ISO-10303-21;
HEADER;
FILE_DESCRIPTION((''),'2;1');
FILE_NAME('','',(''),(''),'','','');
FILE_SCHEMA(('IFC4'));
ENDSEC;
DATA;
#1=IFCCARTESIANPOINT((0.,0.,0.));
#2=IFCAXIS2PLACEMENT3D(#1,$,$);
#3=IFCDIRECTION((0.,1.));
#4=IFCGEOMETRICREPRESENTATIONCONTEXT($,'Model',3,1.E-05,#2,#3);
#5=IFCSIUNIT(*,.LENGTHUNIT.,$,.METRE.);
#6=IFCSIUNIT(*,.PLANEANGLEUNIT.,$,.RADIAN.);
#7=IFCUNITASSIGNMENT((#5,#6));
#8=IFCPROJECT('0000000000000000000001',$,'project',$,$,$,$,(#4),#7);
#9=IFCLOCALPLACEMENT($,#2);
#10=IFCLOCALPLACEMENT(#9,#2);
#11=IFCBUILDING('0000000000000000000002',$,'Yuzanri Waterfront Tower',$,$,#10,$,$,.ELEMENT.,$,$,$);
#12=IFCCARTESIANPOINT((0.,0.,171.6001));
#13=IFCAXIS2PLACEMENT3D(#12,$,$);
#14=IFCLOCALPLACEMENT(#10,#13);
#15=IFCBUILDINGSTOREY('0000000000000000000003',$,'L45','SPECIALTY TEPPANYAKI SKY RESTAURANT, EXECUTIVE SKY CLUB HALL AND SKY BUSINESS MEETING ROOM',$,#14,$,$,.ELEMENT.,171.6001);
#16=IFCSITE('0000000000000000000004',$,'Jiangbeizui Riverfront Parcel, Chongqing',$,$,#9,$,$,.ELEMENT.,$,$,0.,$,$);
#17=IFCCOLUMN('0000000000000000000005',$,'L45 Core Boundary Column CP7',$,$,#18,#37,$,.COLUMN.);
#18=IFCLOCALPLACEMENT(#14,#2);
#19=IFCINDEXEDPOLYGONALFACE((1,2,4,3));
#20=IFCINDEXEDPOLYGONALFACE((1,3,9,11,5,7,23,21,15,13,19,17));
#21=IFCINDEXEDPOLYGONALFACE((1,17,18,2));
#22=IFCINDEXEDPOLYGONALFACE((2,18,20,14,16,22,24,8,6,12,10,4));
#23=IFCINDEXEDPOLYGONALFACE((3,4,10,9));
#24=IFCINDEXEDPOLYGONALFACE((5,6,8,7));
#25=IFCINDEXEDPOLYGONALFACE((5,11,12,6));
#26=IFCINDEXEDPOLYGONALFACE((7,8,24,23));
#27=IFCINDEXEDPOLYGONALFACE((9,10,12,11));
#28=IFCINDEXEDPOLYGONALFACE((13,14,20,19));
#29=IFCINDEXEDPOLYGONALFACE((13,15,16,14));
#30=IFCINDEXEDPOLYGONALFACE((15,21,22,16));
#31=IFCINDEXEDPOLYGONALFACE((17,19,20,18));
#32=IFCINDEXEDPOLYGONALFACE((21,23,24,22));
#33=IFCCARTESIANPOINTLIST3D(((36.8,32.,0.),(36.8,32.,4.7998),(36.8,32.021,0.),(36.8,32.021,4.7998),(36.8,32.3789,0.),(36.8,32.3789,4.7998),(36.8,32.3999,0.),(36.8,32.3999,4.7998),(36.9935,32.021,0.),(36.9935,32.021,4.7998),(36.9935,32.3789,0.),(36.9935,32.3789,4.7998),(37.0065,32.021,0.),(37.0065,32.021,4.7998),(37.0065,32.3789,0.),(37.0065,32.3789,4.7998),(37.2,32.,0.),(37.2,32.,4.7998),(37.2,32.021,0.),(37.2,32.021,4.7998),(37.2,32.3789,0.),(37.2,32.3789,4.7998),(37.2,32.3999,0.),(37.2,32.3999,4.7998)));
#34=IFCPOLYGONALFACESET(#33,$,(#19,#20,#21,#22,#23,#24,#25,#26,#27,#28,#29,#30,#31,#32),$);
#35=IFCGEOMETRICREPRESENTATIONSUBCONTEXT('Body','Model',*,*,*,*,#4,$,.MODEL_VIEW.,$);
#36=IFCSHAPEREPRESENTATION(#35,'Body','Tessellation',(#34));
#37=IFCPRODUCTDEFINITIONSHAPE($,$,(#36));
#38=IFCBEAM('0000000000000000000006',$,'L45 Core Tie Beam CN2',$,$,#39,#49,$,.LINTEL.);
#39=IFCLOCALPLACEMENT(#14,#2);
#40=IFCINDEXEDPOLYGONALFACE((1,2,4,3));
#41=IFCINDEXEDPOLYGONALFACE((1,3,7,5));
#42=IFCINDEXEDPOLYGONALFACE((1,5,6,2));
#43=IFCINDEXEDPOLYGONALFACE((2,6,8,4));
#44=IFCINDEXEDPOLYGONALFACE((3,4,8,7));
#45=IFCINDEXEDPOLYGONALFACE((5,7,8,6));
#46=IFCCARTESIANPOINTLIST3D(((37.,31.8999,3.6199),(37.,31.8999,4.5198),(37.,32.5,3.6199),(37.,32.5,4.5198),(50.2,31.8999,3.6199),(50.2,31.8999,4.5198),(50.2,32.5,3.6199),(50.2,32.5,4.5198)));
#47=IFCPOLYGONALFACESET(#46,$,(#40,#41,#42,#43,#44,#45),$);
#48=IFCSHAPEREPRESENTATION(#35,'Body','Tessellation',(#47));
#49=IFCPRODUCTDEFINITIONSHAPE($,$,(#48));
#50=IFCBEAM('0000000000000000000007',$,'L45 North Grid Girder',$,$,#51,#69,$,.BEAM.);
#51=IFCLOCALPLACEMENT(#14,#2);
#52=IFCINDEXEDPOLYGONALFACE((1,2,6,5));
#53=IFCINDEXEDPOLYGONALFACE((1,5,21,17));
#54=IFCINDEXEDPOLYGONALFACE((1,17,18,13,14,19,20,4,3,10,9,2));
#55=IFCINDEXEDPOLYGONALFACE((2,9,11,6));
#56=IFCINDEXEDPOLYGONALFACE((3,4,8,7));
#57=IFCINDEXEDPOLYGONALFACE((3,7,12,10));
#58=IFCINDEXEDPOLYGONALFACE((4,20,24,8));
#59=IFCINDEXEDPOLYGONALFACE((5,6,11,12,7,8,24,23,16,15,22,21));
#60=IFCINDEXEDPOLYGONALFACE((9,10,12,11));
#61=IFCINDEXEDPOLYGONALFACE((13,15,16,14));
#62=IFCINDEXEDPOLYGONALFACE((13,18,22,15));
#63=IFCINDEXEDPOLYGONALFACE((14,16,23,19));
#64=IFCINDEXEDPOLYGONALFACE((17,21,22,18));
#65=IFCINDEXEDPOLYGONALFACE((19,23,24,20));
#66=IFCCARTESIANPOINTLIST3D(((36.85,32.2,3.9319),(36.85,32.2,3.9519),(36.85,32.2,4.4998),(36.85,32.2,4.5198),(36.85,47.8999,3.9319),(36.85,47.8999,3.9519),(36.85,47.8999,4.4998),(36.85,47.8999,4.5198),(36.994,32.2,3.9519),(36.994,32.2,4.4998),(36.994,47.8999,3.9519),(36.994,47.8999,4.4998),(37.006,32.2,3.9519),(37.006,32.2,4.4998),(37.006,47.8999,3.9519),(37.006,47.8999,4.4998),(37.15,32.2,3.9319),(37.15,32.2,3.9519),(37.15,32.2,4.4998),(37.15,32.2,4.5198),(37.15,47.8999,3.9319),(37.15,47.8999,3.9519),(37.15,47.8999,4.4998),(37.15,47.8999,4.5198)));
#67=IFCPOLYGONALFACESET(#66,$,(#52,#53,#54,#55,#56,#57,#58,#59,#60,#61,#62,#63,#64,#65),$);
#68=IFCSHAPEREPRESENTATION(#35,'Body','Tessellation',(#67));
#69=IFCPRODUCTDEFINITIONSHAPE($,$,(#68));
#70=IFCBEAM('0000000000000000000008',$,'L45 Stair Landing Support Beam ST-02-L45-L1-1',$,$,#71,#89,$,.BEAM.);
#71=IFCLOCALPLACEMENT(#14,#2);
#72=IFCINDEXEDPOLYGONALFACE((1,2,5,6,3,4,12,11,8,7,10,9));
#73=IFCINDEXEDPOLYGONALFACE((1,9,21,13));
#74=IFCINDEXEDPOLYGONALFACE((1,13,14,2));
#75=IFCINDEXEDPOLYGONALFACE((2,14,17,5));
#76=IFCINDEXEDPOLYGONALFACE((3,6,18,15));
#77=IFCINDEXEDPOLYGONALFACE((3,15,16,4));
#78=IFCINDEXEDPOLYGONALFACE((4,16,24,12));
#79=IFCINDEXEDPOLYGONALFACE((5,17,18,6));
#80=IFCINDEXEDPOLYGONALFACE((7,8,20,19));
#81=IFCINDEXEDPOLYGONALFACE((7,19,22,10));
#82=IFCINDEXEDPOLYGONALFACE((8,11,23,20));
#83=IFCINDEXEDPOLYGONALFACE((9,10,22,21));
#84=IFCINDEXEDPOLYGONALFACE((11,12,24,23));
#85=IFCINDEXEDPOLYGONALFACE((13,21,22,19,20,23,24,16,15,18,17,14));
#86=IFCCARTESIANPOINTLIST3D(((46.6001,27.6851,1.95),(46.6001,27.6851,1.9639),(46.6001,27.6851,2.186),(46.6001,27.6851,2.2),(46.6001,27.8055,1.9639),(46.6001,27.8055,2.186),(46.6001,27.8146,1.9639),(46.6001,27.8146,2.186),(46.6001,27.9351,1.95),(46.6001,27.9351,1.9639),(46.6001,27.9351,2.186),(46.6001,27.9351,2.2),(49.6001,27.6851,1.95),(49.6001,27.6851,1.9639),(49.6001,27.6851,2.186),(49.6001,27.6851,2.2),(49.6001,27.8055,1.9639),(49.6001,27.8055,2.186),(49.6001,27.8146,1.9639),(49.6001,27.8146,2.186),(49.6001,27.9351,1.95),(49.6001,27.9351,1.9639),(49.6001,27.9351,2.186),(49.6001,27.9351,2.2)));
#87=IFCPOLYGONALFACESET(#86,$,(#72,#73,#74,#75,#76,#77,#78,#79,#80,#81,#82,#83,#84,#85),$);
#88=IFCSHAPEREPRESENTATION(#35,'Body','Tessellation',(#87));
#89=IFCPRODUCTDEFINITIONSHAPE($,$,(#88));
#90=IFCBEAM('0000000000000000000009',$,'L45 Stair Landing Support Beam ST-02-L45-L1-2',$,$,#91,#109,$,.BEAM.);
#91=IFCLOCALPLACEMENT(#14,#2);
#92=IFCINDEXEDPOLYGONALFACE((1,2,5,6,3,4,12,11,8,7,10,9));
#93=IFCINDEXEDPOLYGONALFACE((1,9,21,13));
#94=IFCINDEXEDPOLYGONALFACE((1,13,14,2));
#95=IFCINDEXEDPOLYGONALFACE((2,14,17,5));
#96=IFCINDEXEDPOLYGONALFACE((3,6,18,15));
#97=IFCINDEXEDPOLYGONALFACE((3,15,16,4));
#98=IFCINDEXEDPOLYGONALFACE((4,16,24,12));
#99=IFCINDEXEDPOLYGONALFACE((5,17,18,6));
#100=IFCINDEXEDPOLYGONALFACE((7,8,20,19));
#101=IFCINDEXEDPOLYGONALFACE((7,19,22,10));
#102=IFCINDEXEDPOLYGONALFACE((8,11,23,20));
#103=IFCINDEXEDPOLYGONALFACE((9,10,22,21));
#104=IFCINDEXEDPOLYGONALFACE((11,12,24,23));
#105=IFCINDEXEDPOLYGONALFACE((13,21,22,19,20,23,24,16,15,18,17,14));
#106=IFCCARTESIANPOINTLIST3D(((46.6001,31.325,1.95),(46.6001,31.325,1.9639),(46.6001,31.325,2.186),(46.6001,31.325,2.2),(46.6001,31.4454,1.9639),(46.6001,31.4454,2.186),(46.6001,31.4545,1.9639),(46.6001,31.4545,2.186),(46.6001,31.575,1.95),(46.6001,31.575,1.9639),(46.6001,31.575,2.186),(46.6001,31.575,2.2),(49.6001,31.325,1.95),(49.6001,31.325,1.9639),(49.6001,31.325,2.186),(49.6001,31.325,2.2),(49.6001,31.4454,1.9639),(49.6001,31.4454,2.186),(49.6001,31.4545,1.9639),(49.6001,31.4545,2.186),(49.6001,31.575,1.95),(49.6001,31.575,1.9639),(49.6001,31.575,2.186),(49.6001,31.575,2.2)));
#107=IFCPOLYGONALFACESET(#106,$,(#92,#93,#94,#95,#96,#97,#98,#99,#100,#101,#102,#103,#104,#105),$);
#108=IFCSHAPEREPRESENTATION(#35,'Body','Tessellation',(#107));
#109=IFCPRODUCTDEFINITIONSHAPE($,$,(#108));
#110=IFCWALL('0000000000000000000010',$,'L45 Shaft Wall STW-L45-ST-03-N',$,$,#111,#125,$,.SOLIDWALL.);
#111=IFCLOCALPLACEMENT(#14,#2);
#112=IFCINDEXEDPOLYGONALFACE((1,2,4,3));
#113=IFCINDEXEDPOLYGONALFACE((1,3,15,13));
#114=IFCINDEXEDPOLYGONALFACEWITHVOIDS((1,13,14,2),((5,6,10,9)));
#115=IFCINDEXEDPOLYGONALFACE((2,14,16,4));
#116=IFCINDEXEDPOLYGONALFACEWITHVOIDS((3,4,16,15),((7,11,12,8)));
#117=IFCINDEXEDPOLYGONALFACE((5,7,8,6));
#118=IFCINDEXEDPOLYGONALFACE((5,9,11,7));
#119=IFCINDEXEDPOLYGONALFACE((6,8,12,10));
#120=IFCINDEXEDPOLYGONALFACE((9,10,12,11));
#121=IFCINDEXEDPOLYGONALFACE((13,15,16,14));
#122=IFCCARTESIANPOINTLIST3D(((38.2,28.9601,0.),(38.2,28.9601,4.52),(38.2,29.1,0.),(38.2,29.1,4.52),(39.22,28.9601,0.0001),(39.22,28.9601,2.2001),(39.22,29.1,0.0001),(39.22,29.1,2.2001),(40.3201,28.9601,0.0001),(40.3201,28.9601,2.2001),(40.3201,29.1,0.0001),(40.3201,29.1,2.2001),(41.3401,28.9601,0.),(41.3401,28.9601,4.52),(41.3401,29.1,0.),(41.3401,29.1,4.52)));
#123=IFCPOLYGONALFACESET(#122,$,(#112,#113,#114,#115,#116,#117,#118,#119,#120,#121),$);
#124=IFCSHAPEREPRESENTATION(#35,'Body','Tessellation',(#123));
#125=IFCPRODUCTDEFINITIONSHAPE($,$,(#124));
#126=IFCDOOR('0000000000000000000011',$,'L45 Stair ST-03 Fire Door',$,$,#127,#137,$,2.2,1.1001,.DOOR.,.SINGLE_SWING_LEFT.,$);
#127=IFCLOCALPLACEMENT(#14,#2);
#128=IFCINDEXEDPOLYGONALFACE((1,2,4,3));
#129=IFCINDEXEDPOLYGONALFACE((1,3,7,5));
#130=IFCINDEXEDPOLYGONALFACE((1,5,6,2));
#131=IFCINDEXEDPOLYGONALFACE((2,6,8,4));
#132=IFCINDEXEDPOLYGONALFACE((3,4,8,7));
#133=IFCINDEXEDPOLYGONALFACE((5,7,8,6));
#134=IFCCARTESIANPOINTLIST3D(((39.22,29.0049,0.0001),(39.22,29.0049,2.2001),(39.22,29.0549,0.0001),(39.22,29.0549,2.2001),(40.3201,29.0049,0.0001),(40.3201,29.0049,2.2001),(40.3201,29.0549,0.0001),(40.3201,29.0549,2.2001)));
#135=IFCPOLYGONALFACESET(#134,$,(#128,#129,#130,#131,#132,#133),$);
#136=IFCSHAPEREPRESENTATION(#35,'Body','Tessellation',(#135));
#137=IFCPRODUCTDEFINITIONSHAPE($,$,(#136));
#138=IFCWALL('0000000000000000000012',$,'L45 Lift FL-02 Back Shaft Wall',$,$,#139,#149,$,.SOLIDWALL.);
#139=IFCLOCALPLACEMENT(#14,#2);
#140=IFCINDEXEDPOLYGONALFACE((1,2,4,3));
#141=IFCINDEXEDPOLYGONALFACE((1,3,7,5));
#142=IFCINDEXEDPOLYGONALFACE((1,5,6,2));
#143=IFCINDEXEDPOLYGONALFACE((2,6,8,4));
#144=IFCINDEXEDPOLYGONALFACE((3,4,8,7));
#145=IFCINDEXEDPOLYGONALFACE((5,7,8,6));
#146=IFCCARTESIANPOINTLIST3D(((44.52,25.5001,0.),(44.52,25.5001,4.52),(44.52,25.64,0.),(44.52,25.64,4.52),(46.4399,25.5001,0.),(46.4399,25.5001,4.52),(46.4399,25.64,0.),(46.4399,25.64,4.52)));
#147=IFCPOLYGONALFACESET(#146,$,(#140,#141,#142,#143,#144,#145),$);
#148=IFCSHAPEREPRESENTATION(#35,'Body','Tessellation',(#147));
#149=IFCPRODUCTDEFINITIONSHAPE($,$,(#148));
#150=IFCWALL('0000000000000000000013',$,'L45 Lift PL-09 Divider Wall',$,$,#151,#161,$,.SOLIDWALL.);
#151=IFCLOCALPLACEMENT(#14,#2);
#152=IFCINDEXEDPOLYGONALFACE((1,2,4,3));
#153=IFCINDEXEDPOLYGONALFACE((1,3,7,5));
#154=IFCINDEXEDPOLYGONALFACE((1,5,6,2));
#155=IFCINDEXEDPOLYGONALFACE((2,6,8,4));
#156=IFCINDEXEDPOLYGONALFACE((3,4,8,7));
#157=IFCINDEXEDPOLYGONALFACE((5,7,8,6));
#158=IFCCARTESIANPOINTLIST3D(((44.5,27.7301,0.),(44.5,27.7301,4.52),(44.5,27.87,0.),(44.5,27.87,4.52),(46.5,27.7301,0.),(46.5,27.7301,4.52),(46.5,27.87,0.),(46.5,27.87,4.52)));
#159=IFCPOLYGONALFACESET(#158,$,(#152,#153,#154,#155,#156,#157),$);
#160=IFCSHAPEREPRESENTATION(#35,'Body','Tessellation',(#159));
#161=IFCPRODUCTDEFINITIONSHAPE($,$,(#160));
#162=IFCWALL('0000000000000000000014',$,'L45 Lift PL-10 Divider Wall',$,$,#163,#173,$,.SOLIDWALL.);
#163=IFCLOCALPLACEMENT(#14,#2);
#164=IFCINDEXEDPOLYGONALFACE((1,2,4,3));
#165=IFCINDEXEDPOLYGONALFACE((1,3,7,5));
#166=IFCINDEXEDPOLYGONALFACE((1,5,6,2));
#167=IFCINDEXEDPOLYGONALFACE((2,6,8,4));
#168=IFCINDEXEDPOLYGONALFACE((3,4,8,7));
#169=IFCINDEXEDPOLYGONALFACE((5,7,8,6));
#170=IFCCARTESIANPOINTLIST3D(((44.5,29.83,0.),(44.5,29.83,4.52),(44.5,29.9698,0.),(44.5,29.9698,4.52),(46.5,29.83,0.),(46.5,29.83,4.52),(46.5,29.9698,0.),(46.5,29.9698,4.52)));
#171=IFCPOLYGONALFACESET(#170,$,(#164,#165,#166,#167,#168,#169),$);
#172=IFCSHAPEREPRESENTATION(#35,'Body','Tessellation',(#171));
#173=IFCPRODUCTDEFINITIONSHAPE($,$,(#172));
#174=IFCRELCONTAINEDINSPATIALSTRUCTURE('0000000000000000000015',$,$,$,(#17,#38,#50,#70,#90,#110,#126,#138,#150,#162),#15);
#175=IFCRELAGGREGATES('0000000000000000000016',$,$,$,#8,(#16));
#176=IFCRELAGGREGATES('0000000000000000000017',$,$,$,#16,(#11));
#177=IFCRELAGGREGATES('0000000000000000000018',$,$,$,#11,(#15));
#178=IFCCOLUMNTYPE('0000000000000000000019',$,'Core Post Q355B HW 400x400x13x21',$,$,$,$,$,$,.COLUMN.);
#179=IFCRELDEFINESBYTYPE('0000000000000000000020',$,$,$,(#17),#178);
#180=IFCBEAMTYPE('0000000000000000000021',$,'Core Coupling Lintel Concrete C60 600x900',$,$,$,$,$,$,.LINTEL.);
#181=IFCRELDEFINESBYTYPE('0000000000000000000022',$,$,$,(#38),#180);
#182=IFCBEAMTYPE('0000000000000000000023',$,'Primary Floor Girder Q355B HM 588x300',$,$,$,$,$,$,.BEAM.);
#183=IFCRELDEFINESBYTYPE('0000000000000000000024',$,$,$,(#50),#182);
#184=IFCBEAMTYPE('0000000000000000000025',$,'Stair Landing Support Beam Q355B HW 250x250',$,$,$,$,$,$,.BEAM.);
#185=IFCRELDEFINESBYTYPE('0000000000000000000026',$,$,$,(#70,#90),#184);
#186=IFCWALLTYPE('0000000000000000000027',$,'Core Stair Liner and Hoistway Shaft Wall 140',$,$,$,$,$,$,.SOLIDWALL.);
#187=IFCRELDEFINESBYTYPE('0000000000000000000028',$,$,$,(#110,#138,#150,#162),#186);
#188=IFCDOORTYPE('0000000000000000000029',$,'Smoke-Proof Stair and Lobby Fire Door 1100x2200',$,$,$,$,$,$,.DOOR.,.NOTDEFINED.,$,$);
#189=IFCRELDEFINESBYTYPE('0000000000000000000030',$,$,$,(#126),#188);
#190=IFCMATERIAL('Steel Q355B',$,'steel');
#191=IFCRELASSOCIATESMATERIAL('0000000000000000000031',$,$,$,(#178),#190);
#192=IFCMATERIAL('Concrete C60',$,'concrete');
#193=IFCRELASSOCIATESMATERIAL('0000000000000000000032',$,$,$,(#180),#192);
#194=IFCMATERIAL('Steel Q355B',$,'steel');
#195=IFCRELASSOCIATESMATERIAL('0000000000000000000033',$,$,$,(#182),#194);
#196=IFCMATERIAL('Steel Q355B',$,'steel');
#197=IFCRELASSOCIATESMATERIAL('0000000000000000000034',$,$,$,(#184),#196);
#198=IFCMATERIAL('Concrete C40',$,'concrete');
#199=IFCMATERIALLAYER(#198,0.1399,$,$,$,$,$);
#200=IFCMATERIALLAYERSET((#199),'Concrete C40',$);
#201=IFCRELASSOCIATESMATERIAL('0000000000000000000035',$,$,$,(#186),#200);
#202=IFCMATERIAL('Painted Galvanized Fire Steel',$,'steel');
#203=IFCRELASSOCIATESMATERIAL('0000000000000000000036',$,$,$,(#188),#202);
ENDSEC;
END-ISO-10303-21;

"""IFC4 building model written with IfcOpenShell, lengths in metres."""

from ifc_helpers import new_model, si_unit, direction, frame, frame_2d, origin, origin_2d, place, context, subcontext, project, spatial, rectangle, i_section, extrude, source, transform, mapped, material, layer, layer_set, material_profile, profile_set, type_object, element, fill, save


model = new_model("IFC4")

# Units and contexts
model_context = context("Model", 3, precision=1e-05, world=origin(), true_north=direction((0.0, 1.0)))
body_context = subcontext(model_context, "Body", "Model", "MODEL_VIEW")
ifc_project = project(units=[si_unit("LENGTHUNIT", "METRE"), si_unit("PLANEANGLEUNIT", "RADIAN")], contexts=[model_context])

# Site, building, storey
site_placement = place(None, origin())
site = spatial("IfcSite", under=ifc_project, at=site_placement, Name="Jiangbeizui Riverfront Parcel, Chongqing", CompositionType="ELEMENT", RefElevation=0.0)
building_placement = place(site_placement, origin())
building = spatial("IfcBuilding", under=site, at=building_placement, Name="Yuzanri Waterfront Tower", CompositionType="ELEMENT")
storey_placement = place(building_placement, frame((0.0, 0.0, 171.6001)))
storey = spatial("IfcBuildingStorey", under=building, at=storey_placement, Name="L45", Description="SPECIALTY TEPPANYAKI SKY RESTAURANT, EXECUTIVE SKY CLUB HALL AND SKY BUSINESS MEETING ROOM", CompositionType="ELEMENT", Elevation=171.6001)

# Column
ifc_material_1 = material(Name="Steel Q355B", Category="steel")
ifc_material_profile_1 = material_profile(ifc_material_1, i_section(OverallWidth=0.3999, OverallDepth=0.3999, WebThickness=0.0129, FlangeThickness=0.021, at=origin_2d()), Name="HW 400x400x13x21")
ifc_profile_set_1 = profile_set([ifc_material_profile_1], Name="Steel Q355B")
column_type = type_object("IfcColumnType", Name="Core Post Q355B HW 400x400x13x21", PredefinedType="COLUMN", material=ifc_profile_set_1)
shared_shape_1 = source(origin(), body_context, "Body", "SweptSolid", [
    extrude(i_section(OverallWidth=0.3999, OverallDepth=0.3999, WebThickness=0.0129, FlangeThickness=0.021, at=origin_2d()), origin(), (0.0, 0.0, 1.0), 4.7998),
])
column_placement = place(storey_placement, frame((37.0, 32.2, 0.0), z_axis=(0.0, 0.0, 1.0), x_axis=(1.0, 0.0, 0.0)))
element("IfcColumn", 1, at=column_placement, inside=storey, type_object=column_type, Name="L45 Core Boundary Column CP7", PredefinedType="COLUMN", context=body_context, shape_type="MappedRepresentation", body=[
    mapped(shared_shape_1, transform((0.0, 0.0, 0.0), scale=1.0)),
])

# Beams
ifc_material_2 = material(Name="Concrete C60", Category="concrete")
ifc_material_profile_2 = material_profile(ifc_material_2, rectangle(XDim=0.6001, YDim=0.8999, at=origin_2d()), Name="RC 600x900")
ifc_profile_set_2 = profile_set([ifc_material_profile_2], Name="Concrete C60")
beam_type_1 = type_object("IfcBeamType", Name="Core Coupling Lintel Concrete C60 600x900", PredefinedType="LINTEL", material=ifc_profile_set_2)
shared_shape_2 = source(origin(), body_context, "Body", "SweptSolid", [
    extrude(rectangle(XDim=0.6001, YDim=0.8999, at=origin_2d()), origin(), (0.0, 0.0, 1.0), 13.2),
])
beam_1_placement = place(storey_placement, frame((37.0, 32.2, 4.0698), z_axis=(1.0, 0.0, 0.0), x_axis=(0.0, 1.0, 0.0)))
element("IfcBeam", 2, at=beam_1_placement, inside=storey, type_object=beam_type_1, Name="L45 Core Tie Beam CN2", PredefinedType="LINTEL", context=body_context, shape_type="MappedRepresentation", body=[
    mapped(shared_shape_2, transform((0.0, 0.0, 0.0), scale=1.0)),
])
ifc_material_3 = material(Name="Steel Q355B", Category="steel")
ifc_material_profile_3 = material_profile(ifc_material_3, i_section(OverallWidth=0.3, OverallDepth=0.5879, WebThickness=0.012, FlangeThickness=0.02, at=origin_2d()), Name="HM 588x300x12x20")
ifc_profile_set_3 = profile_set([ifc_material_profile_3], Name="Steel Q355B")
beam_type_2 = type_object("IfcBeamType", Name="Primary Floor Girder Q355B HM 588x300", PredefinedType="BEAM", material=ifc_profile_set_3)
shared_shape_3 = source(origin(), body_context, "Body", "SweptSolid", [
    extrude(i_section(OverallWidth=0.3, OverallDepth=0.5879, WebThickness=0.012, FlangeThickness=0.02, at=origin_2d()), origin(), (0.0, 0.0, 1.0), 15.7),
])
beam_2_placement = place(storey_placement, frame((37.0, 32.2, 4.2258), z_axis=(0.0, 1.0, 0.0), x_axis=(-1.0, 0.0, 0.0)))
element("IfcBeam", 3, at=beam_2_placement, inside=storey, type_object=beam_type_2, Name="L45 North Grid Girder", PredefinedType="BEAM", context=body_context, shape_type="MappedRepresentation", body=[
    mapped(shared_shape_3, transform((0.0, 0.0, 0.0), scale=1.0)),
])
ifc_material_4 = material(Name="Steel Q355B", Category="steel")
ifc_material_profile_4 = material_profile(ifc_material_4, i_section(OverallWidth=0.25, OverallDepth=0.25, WebThickness=0.009, FlangeThickness=0.0139, at=origin_2d()), Name="HW 250x250x9x14")
ifc_profile_set_4 = profile_set([ifc_material_profile_4], Name="Steel Q355B")
beam_type_3 = type_object("IfcBeamType", Name="Stair Landing Support Beam Q355B HW 250x250", PredefinedType="BEAM", material=ifc_profile_set_4)
shared_shape_4 = source(origin(), body_context, "Body", "SweptSolid", [
    extrude(i_section(OverallWidth=0.25, OverallDepth=0.25, WebThickness=0.009, FlangeThickness=0.0139, at=origin_2d()), origin(), (0.0, 0.0, 1.0), 3.0),
])
for number, where, z_axis, x_axis, name in (
    (4, (46.6001, 27.8101, 2.075), (1.0, 0.0, 0.0), (0.0, 1.0, 0.0), "L45 Stair Landing Support Beam ST-02-L45-L1-1"),
    (5, (46.6001, 31.45, 2.075), (1.0, 0.0, 0.0), (0.0, 1.0, 0.0), "L45 Stair Landing Support Beam ST-02-L45-L1-2"),
):
    element("IfcBeam", number, at=place(storey_placement, frame(where, z_axis=z_axis, x_axis=x_axis)), inside=storey, type_object=beam_type_3, Name=name, PredefinedType="BEAM", context=body_context, shape_type="MappedRepresentation", body=[
        mapped(shared_shape_4, transform((0.0, 0.0, 0.0), scale=1.0)),
    ])

# Wall, opening, door
ifc_material_5 = material(Name="Concrete C40", Category="concrete")
ifc_layer_1 = layer(ifc_material_5, 0.1399)
ifc_layer_set_1 = layer_set([ifc_layer_1], Name="Concrete C40")
wall_type = type_object("IfcWallType", Name="Core Stair Liner and Hoistway Shaft Wall 140", PredefinedType="SOLIDWALL", material=ifc_layer_set_1)
wall_1_placement = place(storey_placement, frame((38.2, 29.03, 0.0), z_axis=(0.0, 0.0, 1.0), x_axis=(1.0, 0.0, 0.0)))
wall_1 = element("IfcWall", 6, at=wall_1_placement, inside=storey, type_object=wall_type, Name="L45 Shaft Wall STW-L45-ST-03-N", PredefinedType="SOLIDWALL", context=body_context, shape_type="SweptSolid", body=[
    extrude(rectangle(XDim=3.1401, YDim=0.1399, at=frame_2d((1.5701, 0.0))), origin(), (0.0, 0.0, 1.0), 4.52),
])
opening_placement = place(wall_1_placement, frame((1.02, 0.0, 0.0)))
opening = element("IfcOpeningElement", 7, at=opening_placement, cuts=wall_1, PredefinedType="OPENING", context=body_context, shape_type="SweptSolid", body=[
    extrude(rectangle(XDim=1.1001, YDim=2.2, at=frame_2d((0.55, 1.1001))), frame((0.0, 0.085, 0.0), z_axis=(0.0, -1.0, 0.0), x_axis=(1.0, 0.0, 0.0)), (0.0, 0.0, 1.0), 0.1697),
])
ifc_material_6 = material(Name="Painted Galvanized Fire Steel", Category="steel")
door_type = type_object("IfcDoorType", Name="Smoke-Proof Stair and Lobby Fire Door 1100x2200", OperationType="NOTDEFINED", PredefinedType="DOOR", material=ifc_material_6)
shared_shape_5 = source(origin(), body_context, "Body", "SweptSolid", [
    extrude(rectangle(XDim=1.1001, YDim=2.2, at=frame_2d((0.55, 1.1001))), frame((0.0, 0.0249, 0.0), z_axis=(0.0, -1.0, 0.0), x_axis=(1.0, 0.0, 0.0)), (0.0, 0.0, 1.0), 0.05),
])
door_placement = place(opening_placement, origin())
door = element("IfcDoor", 8, at=door_placement, inside=storey, type_object=door_type, Name="L45 Stair ST-03 Fire Door", OperationType="SINGLE_SWING_LEFT", OverallHeight=2.2, OverallWidth=1.1001, PredefinedType="DOOR", context=body_context, shape_type="MappedRepresentation", body=[
    mapped(shared_shape_5, transform((0.0, 0.0, 0.0), scale=1.0)),
])
fill(opening, door)

# Walls
shared_shape_6 = source(origin(), body_context, "Body", "SweptSolid", [
    extrude(rectangle(XDim=1.9199, YDim=0.1399, at=frame_2d((0.96, 0.0))), origin(), (0.0, 0.0, 1.0), 4.52),
])
wall_2_placement = place(storey_placement, frame((44.52, 25.5701, 0.0), z_axis=(0.0, 0.0, 1.0), x_axis=(1.0, 0.0, 0.0)))
element("IfcWall", 9, at=wall_2_placement, inside=storey, type_object=wall_type, Name="L45 Lift FL-02 Back Shaft Wall", PredefinedType="SOLIDWALL", context=body_context, shape_type="MappedRepresentation", body=[
    mapped(shared_shape_6, transform((0.0, 0.0, 0.0), scale=1.0)),
])
shared_shape_7 = source(origin(), body_context, "Body", "SweptSolid", [
    extrude(rectangle(XDim=2.0, YDim=0.1399, at=frame_2d((1.0, 0.0))), origin(), (0.0, 0.0, 1.0), 4.52),
])
for number, where, z_axis, x_axis, name in (
    (10, (44.5, 27.8, 0.0), (0.0, 0.0, 1.0), (1.0, 0.0, 0.0), "L45 Lift PL-09 Divider Wall"),
    (11, (44.5, 29.8999, 0.0), (0.0, 0.0, 1.0), (1.0, 0.0, 0.0), "L45 Lift PL-10 Divider Wall"),
):
    element("IfcWall", number, at=place(storey_placement, frame(where, z_axis=z_axis, x_axis=x_axis)), inside=storey, type_object=wall_type, Name=name, PredefinedType="SOLIDWALL", context=body_context, shape_type="MappedRepresentation", body=[
        mapped(shared_shape_7, transform((0.0, 0.0, 0.0), scale=1.0)),
    ])

save(model, "model.ifc")
